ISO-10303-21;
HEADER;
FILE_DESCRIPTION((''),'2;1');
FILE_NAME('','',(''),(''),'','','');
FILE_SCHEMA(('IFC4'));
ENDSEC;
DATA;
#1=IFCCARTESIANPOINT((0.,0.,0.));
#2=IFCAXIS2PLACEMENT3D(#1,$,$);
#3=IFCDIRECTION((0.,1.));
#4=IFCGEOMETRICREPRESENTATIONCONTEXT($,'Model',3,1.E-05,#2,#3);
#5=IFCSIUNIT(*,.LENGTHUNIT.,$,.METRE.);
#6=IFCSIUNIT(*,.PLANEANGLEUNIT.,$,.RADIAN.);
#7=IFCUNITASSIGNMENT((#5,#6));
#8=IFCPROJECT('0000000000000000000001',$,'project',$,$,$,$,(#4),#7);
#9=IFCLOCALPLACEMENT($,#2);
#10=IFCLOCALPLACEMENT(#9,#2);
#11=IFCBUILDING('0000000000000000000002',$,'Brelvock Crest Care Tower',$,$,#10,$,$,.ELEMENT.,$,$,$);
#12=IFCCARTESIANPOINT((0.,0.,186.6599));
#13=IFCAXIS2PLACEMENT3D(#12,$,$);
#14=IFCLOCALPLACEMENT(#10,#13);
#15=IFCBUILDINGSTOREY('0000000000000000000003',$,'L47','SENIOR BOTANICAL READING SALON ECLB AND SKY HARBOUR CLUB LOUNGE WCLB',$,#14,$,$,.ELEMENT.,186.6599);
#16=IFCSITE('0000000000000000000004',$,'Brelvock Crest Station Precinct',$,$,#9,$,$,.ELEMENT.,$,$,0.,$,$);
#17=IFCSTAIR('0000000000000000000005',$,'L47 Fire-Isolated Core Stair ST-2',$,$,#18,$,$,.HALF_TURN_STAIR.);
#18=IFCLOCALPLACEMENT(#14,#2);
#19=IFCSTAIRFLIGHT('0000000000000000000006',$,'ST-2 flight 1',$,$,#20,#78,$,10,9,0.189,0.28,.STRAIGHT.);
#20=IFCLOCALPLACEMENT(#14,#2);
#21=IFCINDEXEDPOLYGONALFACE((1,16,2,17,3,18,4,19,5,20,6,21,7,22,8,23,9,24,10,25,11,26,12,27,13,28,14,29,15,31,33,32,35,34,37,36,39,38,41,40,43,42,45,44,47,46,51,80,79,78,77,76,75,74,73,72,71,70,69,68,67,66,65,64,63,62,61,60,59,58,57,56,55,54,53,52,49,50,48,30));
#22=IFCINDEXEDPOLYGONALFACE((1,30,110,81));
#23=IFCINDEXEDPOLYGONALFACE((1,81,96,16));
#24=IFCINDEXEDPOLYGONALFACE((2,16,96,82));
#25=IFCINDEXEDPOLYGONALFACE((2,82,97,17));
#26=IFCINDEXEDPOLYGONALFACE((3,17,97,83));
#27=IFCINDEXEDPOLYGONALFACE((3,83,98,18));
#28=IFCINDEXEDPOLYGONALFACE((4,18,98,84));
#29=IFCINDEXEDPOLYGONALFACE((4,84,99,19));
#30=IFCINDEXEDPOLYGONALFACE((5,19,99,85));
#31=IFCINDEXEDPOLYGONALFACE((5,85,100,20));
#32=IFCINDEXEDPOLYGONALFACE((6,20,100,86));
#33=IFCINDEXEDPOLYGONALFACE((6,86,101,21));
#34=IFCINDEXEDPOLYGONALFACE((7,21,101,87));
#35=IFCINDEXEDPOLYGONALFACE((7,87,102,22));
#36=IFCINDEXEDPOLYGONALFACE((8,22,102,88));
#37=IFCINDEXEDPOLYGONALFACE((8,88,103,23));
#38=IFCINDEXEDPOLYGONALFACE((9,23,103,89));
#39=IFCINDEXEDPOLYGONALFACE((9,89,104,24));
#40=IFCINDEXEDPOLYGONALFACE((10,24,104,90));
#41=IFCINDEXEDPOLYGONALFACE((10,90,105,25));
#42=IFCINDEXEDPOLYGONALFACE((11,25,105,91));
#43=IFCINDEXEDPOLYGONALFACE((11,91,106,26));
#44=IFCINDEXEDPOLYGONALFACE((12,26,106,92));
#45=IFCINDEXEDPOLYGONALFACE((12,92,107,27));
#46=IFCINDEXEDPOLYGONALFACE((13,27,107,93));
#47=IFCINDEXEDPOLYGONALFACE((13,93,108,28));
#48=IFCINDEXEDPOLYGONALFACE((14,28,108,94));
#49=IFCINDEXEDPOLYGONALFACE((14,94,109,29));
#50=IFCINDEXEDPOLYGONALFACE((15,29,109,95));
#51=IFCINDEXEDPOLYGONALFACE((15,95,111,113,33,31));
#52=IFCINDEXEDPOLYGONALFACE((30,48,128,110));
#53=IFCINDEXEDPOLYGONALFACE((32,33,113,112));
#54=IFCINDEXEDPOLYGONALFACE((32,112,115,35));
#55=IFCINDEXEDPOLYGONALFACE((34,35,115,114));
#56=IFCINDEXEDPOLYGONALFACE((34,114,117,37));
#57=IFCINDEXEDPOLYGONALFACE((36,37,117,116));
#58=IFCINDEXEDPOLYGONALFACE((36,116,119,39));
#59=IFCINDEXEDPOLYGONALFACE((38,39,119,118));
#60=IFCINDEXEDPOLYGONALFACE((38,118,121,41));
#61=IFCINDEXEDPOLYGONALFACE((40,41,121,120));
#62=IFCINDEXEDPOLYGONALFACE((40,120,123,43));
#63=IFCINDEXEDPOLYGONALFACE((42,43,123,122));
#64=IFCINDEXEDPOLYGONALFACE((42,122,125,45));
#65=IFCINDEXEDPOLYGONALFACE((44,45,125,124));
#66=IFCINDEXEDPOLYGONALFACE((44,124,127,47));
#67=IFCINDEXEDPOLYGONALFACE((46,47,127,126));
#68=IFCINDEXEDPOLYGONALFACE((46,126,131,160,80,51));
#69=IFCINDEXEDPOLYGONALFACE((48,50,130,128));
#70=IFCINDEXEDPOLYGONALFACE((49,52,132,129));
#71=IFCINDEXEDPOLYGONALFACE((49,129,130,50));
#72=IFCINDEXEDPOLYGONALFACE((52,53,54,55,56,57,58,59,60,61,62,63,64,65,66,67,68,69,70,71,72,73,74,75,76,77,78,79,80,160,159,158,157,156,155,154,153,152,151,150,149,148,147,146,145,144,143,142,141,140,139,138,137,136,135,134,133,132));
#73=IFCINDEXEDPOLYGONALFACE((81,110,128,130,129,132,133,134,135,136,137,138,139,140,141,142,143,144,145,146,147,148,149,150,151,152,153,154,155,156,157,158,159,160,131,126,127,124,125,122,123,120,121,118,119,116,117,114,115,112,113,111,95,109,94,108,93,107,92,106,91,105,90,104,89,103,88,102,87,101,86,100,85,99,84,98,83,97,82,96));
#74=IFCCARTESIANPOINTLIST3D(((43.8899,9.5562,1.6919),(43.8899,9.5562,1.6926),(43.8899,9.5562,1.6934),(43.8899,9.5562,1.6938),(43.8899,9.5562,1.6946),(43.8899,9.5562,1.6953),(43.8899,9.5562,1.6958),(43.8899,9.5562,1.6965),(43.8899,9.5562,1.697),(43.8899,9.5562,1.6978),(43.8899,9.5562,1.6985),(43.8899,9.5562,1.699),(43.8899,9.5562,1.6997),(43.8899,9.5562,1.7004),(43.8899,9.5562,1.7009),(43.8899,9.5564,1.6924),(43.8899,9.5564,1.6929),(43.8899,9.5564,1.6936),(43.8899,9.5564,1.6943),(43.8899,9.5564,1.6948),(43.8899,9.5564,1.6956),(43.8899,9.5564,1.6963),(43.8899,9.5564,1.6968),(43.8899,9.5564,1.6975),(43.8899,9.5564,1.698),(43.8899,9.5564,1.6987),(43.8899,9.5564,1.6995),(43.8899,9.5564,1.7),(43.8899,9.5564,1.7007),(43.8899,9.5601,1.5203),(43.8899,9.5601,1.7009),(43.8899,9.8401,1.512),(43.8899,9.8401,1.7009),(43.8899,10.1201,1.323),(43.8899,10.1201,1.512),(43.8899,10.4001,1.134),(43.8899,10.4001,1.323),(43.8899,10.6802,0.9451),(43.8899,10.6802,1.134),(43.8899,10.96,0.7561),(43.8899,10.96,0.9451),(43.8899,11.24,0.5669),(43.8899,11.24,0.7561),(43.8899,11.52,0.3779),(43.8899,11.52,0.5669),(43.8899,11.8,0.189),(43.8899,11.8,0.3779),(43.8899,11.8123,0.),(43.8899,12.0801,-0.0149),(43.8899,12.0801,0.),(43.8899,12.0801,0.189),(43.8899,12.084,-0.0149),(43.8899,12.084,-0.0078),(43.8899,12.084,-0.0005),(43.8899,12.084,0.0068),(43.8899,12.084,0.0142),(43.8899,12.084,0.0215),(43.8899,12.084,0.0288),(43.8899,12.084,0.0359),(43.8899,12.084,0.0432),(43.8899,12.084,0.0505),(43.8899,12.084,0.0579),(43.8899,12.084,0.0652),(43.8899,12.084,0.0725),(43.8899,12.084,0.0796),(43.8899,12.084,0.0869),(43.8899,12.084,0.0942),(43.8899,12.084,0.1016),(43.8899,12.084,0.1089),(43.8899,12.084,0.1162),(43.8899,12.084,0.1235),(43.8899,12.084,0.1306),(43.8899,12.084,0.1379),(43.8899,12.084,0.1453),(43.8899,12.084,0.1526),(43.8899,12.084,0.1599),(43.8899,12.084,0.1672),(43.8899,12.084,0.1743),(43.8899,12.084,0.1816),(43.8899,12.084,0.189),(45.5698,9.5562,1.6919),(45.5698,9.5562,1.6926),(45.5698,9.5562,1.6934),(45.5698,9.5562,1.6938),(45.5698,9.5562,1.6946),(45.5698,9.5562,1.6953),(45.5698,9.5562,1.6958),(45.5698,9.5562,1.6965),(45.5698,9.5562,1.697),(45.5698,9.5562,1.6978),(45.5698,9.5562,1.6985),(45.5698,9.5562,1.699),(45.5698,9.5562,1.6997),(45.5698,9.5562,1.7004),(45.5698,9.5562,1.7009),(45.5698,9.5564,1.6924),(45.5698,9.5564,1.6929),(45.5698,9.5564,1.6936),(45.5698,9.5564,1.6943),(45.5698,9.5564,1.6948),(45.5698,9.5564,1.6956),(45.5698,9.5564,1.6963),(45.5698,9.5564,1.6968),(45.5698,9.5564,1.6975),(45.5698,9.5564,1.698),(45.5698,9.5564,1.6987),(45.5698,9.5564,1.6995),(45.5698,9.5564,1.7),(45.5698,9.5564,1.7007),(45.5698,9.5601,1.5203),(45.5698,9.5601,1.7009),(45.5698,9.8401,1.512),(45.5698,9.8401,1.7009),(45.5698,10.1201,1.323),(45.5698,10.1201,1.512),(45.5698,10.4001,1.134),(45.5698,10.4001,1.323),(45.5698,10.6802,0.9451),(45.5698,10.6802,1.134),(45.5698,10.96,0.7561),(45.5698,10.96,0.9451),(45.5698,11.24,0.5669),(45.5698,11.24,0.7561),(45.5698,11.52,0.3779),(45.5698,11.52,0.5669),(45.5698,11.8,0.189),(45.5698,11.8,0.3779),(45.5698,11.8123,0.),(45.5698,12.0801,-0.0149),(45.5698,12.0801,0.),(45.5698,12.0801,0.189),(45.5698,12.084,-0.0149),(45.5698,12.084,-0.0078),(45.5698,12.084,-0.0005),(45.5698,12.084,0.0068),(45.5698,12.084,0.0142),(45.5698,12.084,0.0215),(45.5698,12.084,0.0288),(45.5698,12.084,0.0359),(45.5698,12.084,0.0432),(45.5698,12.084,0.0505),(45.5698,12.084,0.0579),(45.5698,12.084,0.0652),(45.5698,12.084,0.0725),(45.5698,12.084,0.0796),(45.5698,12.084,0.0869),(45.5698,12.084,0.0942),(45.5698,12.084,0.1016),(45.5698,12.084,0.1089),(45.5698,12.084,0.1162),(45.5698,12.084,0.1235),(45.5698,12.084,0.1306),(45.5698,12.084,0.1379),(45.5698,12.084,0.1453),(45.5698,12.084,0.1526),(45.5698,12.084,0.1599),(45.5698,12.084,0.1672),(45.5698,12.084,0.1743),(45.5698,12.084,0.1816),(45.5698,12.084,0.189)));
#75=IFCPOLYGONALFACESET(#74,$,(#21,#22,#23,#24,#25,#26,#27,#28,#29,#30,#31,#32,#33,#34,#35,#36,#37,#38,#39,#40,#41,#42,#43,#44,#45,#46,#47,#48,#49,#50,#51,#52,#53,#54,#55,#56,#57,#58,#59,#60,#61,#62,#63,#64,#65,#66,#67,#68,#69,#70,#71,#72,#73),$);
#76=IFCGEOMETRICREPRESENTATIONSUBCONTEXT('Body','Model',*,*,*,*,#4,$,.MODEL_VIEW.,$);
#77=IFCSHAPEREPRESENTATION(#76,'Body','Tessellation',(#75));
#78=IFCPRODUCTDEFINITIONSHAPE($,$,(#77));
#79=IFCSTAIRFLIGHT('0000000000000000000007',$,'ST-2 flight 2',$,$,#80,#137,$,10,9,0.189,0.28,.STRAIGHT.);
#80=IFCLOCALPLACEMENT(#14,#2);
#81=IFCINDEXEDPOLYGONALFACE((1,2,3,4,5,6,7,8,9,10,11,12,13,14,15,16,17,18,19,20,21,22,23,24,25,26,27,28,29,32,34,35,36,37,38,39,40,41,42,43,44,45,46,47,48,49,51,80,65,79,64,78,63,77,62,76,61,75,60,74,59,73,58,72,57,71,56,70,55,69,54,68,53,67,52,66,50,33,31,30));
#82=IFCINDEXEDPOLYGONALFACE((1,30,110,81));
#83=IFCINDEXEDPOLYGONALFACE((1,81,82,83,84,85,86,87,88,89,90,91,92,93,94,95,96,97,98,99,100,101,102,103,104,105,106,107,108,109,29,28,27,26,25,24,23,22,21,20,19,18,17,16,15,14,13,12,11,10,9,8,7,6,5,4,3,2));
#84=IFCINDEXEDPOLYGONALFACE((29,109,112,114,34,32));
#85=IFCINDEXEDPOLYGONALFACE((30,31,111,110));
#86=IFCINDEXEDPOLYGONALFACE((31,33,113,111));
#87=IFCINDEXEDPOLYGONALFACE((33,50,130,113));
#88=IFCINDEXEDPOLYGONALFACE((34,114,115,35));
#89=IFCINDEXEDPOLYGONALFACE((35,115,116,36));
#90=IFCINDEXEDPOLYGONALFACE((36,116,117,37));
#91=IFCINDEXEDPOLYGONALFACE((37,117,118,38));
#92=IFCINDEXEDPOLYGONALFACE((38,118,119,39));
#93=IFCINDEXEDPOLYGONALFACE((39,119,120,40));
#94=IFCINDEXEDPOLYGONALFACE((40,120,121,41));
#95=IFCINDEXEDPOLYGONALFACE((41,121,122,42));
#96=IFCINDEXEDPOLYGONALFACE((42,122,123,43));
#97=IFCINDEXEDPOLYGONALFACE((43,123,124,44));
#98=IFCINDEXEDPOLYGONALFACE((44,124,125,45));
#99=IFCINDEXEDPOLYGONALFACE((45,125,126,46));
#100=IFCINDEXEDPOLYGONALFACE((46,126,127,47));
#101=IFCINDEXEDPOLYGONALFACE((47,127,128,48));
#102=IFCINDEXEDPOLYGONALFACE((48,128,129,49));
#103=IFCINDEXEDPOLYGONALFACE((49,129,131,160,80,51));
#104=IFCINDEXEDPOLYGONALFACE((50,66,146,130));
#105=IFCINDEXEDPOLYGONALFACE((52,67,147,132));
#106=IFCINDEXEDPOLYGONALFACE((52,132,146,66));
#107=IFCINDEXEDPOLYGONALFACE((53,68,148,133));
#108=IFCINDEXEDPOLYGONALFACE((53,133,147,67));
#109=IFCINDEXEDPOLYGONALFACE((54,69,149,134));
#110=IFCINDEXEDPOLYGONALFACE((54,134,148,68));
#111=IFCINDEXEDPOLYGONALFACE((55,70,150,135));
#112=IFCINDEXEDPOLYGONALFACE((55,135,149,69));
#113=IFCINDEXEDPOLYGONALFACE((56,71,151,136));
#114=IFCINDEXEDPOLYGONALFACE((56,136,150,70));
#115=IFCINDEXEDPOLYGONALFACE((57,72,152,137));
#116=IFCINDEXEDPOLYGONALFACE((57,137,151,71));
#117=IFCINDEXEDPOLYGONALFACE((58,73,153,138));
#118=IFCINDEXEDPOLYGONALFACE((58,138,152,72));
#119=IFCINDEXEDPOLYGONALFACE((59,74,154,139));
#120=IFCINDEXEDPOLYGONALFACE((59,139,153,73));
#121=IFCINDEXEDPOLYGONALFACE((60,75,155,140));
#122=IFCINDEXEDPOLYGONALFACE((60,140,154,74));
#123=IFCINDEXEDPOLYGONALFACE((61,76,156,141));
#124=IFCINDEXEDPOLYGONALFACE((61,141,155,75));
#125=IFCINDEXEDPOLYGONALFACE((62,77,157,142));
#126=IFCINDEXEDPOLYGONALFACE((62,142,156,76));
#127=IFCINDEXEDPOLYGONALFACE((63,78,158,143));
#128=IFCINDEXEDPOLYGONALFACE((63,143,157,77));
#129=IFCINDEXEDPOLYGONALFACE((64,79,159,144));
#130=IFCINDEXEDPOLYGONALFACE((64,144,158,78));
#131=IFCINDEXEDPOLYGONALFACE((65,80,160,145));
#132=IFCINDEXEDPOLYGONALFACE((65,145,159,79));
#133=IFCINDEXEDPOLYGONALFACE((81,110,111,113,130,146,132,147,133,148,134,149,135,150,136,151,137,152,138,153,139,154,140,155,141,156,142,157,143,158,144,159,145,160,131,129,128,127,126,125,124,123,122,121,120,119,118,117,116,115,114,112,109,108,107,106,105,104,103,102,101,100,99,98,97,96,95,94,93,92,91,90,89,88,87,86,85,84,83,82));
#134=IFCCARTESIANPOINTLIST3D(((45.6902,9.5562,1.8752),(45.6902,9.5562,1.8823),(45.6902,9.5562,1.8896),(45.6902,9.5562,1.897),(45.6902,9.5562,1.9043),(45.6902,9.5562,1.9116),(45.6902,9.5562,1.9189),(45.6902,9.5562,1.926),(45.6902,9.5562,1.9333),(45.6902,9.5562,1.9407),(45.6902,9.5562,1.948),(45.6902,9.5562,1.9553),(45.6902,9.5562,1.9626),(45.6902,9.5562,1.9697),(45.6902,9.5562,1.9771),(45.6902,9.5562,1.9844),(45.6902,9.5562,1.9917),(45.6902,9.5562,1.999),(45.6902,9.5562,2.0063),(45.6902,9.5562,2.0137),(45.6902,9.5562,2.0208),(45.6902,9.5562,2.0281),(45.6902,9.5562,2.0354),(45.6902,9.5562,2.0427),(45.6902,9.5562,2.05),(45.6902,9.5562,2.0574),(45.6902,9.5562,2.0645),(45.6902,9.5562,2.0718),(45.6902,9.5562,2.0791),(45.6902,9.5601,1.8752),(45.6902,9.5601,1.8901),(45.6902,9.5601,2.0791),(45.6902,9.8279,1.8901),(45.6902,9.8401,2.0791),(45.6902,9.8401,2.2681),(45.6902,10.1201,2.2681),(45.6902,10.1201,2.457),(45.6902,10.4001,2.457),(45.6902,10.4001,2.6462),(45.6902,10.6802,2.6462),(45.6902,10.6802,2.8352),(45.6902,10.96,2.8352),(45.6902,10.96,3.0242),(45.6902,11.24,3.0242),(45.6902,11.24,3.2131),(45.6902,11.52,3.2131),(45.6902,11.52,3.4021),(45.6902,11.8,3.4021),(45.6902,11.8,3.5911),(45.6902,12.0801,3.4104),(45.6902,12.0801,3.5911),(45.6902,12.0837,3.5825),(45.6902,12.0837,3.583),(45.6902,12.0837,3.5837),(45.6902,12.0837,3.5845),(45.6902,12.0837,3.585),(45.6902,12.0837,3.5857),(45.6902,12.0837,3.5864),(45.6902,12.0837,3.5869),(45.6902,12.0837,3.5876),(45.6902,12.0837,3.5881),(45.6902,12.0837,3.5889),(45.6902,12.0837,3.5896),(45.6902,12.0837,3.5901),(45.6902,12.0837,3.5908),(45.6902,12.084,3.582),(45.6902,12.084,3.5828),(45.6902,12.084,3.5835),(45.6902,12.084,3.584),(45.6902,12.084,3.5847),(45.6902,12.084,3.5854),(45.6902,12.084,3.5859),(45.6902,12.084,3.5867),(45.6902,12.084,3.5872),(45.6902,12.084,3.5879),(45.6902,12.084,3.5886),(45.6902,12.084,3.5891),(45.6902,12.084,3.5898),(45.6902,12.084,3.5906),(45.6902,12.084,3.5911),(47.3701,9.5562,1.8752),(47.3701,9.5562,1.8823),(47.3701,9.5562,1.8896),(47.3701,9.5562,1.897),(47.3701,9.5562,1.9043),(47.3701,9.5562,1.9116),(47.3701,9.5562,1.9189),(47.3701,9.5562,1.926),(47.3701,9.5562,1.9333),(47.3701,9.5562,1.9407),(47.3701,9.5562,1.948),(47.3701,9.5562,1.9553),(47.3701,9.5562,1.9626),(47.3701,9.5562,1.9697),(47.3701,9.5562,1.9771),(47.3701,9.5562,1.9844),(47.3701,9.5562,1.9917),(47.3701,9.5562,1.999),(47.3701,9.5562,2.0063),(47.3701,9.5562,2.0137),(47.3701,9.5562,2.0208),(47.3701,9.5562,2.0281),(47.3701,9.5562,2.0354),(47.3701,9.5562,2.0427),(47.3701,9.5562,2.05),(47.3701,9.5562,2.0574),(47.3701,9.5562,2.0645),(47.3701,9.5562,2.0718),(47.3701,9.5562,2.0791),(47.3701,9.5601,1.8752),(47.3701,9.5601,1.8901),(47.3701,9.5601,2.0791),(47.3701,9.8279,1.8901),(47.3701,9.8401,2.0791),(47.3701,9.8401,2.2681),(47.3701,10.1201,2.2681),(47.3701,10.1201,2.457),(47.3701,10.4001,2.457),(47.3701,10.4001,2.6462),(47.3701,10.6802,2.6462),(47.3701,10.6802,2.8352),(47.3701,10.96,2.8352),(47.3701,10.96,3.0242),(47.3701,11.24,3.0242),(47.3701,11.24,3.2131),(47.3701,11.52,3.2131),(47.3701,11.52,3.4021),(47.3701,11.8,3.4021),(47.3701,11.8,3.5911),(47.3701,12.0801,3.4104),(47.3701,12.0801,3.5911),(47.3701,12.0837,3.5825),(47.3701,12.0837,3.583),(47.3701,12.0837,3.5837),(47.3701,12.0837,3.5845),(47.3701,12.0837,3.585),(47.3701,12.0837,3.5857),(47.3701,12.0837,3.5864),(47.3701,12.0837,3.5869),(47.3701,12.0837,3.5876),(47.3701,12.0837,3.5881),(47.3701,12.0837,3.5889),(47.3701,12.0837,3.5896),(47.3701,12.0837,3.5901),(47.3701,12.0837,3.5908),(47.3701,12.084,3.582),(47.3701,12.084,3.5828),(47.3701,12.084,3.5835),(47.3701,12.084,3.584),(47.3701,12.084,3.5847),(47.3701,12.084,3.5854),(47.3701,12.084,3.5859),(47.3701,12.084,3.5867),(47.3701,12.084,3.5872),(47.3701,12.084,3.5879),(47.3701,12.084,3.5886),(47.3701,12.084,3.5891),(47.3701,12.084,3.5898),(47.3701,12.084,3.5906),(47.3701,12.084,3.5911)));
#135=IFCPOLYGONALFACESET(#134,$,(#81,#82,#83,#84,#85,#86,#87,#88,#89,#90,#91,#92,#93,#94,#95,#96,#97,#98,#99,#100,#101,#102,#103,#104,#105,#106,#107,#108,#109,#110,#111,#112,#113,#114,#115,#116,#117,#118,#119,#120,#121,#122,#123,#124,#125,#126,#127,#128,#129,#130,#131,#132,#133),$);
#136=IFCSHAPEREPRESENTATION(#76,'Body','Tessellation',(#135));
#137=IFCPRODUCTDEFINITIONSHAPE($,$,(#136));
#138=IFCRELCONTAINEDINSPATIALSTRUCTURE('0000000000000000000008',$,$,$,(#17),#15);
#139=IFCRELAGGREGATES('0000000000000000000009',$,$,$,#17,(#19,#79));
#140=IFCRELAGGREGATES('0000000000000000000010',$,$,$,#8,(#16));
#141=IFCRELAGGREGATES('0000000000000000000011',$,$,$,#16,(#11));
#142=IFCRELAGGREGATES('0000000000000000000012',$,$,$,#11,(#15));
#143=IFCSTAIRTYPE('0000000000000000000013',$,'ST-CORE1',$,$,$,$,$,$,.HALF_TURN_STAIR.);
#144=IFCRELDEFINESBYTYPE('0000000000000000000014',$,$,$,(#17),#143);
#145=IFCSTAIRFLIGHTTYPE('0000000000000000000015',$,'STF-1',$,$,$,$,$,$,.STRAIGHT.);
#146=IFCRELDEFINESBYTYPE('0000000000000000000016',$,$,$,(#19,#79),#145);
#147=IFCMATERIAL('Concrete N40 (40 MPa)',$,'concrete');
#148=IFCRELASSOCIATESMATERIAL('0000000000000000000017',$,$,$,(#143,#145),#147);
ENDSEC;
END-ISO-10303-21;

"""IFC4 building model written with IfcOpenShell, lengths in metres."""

from ifc_helpers import new_model, si_unit, direction, frame, origin, place, context, subcontext, project, spatial, polyline, outline, extrude, material, type_object, element, aggregate, save


model = new_model("IFC4")

# Units and contexts
model_context = context("Model", 3, precision=1e-05, world=origin(), true_north=direction((0.0, 1.0)))
body_context = subcontext(model_context, "Body", "Model", "MODEL_VIEW")
ifc_project = project(units=[si_unit("LENGTHUNIT", "METRE"), si_unit("PLANEANGLEUNIT", "RADIAN")], contexts=[model_context])

# Site, building, storey
site_placement = place(None, origin())
site = spatial("IfcSite", under=ifc_project, at=site_placement, Name="Brelvock Crest Station Precinct", CompositionType="ELEMENT", RefElevation=0.0)
building_placement = place(site_placement, origin())
building = spatial("IfcBuilding", under=site, at=building_placement, Name="Brelvock Crest Care Tower", CompositionType="ELEMENT")
storey_placement = place(building_placement, frame((0.0, 0.0, 186.6599)))
storey = spatial("IfcBuildingStorey", under=building, at=storey_placement, Name="L47", Description="SENIOR BOTANICAL READING SALON ECLB AND SKY HARBOUR CLUB LOUNGE WCLB", CompositionType="ELEMENT", Elevation=186.6599)

# Stair, stair flights
ifc_material_1 = material(Name="Concrete N40 (40 MPa)", Category="concrete")
stair_type = type_object("IfcStairType", Name="ST-CORE1", PredefinedType="HALF_TURN_STAIR", material=ifc_material_1)
stair_placement = place(storey_placement, origin())
stair = element("IfcStair", 1, at=stair_placement, inside=storey, type_object=stair_type, Name="L47 Fire-Isolated Core Stair ST-2", PredefinedType="HALF_TURN_STAIR")
stair_flight_type = type_object("IfcStairFlightType", Name="STF-1", PredefinedType="STRAIGHT", material=ifc_material_1)
stair_flight_1_placement = place(storey_placement, frame((44.73, 12.0801, 0.0), z_axis=(0.0, 0.0, 1.0), x_axis=(0.0, -1.0, 0.0)))
stair_flight_1 = element("IfcStairFlight", 2, at=stair_flight_1_placement, type_object=stair_flight_type, Name="ST-2 flight 1", NumberOfRisers=10, NumberOfTreads=9, PredefinedType="STRAIGHT", RiserHeight=0.189, TreadLength=0.28, context=body_context, shape_type="SweptSolid", body=[
    extrude(outline(polyline([(-0.0039, -0.0149), (-0.0039, -0.0078), (-0.0039, -0.0005), (-0.0039, 0.0068), (-0.0039, 0.0142), (-0.0039, 0.0215), (-0.0039, 0.0288), (-0.0039, 0.0359), (-0.0039, 0.0432), (-0.0039, 0.0505), (-0.0039, 0.0579), (-0.0039, 0.0652), (-0.0039, 0.0725), (-0.0039, 0.0796), (-0.0039, 0.0869), (-0.0039, 0.0942), (-0.0039, 0.1016), (-0.0039, 0.1089), (-0.0039, 0.1162), (-0.0039, 0.1235), (-0.0039, 0.1306), (-0.0039, 0.1379), (-0.0039, 0.1453), (-0.0039, 0.1526), (-0.0039, 0.1599), (-0.0039, 0.1672), (-0.0039, 0.1743), (-0.0039, 0.1816), (-0.0039, 0.189), (0.0, 0.189), (0.28, 0.189), (0.28, 0.3779), (0.5601, 0.3779), (0.5601, 0.5669), (0.8401, 0.5669), (0.8401, 0.7561), (1.1201, 0.7561), (1.1201, 0.9451), (1.3999, 0.9451), (1.3999, 1.134), (1.6799, 1.134), (1.6799, 1.323), (1.96, 1.323), (1.96, 1.512), (2.24, 1.512), (2.24, 1.7009), (2.52, 1.7009), (2.5239, 1.7009), (2.5237, 1.7007), (2.5239, 1.7004), (2.5237, 1.7), (2.5239, 1.6997), (2.5237, 1.6995), (2.5239, 1.699), (2.5237, 1.6987), (2.5239, 1.6985), (2.5237, 1.698), (2.5239, 1.6978), (2.5237, 1.6975), (2.5239, 1.697), (2.5237, 1.6968), (2.5239, 1.6965), (2.5237, 1.6963), (2.5239, 1.6958), (2.5237, 1.6956), (2.5239, 1.6953), (2.5237, 1.6948), (2.5239, 1.6946), (2.5237, 1.6943), (2.5239, 1.6938), (2.5237, 1.6936), (2.5239, 1.6934), (2.5237, 1.6929), (2.5239, 1.6926), (2.5237, 1.6924), (2.5239, 1.6919), (2.52, 1.5203), (0.2678, 0.0), (0.0, 0.0), (0.0, -0.0149), (-0.0039, -0.0149)])), frame((0.0, 0.8398, 0.0), z_axis=(0.0, -1.0, 0.0), x_axis=(1.0, 0.0, 0.0)), (0.0, 0.0, 1.0), 1.6799),
])
stair_flight_2_placement = place(storey_placement, frame((46.53, 9.5601, 1.8901), z_axis=(0.0, 0.0, 1.0), x_axis=(0.0, 1.0, 0.0)))
stair_flight_2 = element("IfcStairFlight", 3, at=stair_flight_2_placement, type_object=stair_flight_type, Name="ST-2 flight 2", NumberOfRisers=10, NumberOfTreads=9, PredefinedType="STRAIGHT", RiserHeight=0.189, TreadLength=0.28, context=body_context, shape_type="SweptSolid", body=[
    extrude(outline(polyline([(-0.0039, -0.0149), (-0.0039, -0.0078), (-0.0039, -0.0005), (-0.0039, 0.0068), (-0.0039, 0.0142), (-0.0039, 0.0215), (-0.0039, 0.0288), (-0.0039, 0.0359), (-0.0039, 0.0432), (-0.0039, 0.0505), (-0.0039, 0.0579), (-0.0039, 0.0652), (-0.0039, 0.0725), (-0.0039, 0.0796), (-0.0039, 0.0869), (-0.0039, 0.0942), (-0.0039, 0.1016), (-0.0039, 0.1089), (-0.0039, 0.1162), (-0.0039, 0.1235), (-0.0039, 0.1306), (-0.0039, 0.1379), (-0.0039, 0.1453), (-0.0039, 0.1526), (-0.0039, 0.1599), (-0.0039, 0.1672), (-0.0039, 0.1743), (-0.0039, 0.1816), (-0.0039, 0.189), (0.0, 0.189), (0.28, 0.189), (0.28, 0.3779), (0.5601, 0.3779), (0.5601, 0.5669), (0.8401, 0.5669), (0.8401, 0.7561), (1.1201, 0.7561), (1.1201, 0.9451), (1.3999, 0.9451), (1.3999, 1.134), (1.6799, 1.134), (1.6799, 1.323), (1.96, 1.323), (1.96, 1.512), (2.24, 1.512), (2.24, 1.7009), (2.52, 1.7009), (2.5239, 1.7009), (2.5237, 1.7007), (2.5239, 1.7004), (2.5237, 1.7), (2.5239, 1.6997), (2.5237, 1.6995), (2.5239, 1.699), (2.5237, 1.6987), (2.5239, 1.6985), (2.5237, 1.698), (2.5239, 1.6978), (2.5237, 1.6975), (2.5239, 1.697), (2.5237, 1.6968), (2.5239, 1.6965), (2.5237, 1.6963), (2.5239, 1.6958), (2.5237, 1.6956), (2.5239, 1.6953), (2.5237, 1.6948), (2.5239, 1.6946), (2.5237, 1.6943), (2.5239, 1.6938), (2.5237, 1.6936), (2.5239, 1.6934), (2.5237, 1.6929), (2.5239, 1.6926), (2.5237, 1.6924), (2.5239, 1.6919), (2.52, 1.5203), (0.2678, 0.0), (0.0, 0.0), (0.0, -0.0149), (-0.0039, -0.0149)])), frame((0.0, 0.8398, 0.0), z_axis=(0.0, -1.0, 0.0), x_axis=(1.0, 0.0, 0.0)), (0.0, 0.0, 1.0), 1.6799),
])
aggregate(stair, [stair_flight_1, stair_flight_2])

save(model, "model.ifc")
